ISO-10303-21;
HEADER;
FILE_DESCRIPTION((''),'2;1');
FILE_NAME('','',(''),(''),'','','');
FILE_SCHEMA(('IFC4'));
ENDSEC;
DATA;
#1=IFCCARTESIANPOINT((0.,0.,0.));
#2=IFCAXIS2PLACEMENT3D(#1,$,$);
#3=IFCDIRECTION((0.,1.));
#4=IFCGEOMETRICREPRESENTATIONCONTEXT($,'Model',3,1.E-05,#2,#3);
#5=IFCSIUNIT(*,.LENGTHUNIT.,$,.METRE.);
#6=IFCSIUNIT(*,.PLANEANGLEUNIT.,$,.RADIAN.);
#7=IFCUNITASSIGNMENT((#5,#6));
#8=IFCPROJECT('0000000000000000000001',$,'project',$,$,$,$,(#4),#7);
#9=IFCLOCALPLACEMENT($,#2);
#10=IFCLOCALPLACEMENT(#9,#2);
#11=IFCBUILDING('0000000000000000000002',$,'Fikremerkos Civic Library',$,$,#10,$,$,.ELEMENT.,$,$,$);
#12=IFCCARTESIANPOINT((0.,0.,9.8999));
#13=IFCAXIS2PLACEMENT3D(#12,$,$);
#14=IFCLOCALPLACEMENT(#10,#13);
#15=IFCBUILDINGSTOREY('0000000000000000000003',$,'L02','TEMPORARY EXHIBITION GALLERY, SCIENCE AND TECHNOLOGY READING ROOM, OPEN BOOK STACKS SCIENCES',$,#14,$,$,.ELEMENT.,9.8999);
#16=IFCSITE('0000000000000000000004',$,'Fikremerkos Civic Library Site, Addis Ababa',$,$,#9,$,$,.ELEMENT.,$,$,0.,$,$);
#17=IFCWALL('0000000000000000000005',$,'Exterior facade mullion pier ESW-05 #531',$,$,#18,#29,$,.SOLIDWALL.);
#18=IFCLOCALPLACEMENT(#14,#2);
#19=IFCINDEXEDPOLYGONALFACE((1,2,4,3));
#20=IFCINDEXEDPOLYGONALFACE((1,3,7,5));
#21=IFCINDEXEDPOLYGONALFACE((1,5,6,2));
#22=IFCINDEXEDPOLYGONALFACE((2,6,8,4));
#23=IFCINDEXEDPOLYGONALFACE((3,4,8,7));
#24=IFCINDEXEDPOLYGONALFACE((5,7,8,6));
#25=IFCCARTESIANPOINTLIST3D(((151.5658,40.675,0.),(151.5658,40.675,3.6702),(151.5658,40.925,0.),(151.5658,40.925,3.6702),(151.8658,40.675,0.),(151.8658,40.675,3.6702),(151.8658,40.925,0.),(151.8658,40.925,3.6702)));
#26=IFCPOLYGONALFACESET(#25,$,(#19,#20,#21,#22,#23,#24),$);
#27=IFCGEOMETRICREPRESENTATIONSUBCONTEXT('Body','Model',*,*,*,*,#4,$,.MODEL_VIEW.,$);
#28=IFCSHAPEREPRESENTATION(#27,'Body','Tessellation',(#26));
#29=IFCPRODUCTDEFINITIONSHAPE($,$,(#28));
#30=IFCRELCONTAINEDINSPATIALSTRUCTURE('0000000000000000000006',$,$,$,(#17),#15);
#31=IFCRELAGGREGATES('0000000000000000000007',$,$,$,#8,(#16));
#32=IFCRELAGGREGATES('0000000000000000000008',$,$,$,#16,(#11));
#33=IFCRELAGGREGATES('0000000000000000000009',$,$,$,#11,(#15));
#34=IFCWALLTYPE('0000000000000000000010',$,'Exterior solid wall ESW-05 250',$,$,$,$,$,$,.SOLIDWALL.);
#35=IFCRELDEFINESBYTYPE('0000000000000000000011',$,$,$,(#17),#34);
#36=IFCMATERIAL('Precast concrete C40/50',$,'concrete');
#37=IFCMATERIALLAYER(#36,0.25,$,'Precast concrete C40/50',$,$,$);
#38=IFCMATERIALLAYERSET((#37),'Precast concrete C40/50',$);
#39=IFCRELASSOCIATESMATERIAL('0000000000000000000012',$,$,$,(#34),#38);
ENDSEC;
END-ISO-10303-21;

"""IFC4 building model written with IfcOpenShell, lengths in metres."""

from ifc_helpers import new_model, si_unit, direction, frame, frame_2d, origin, place, context, subcontext, project, spatial, rectangle, extrude, material, layer, layer_set, type_object, element, save


model = new_model("IFC4")

# Units and contexts
model_context = context("Model", 3, precision=1e-05, world=origin(), true_north=direction((0.0, 1.0)))
body_context = subcontext(model_context, "Body", "Model", "MODEL_VIEW")
ifc_project = project(units=[si_unit("LENGTHUNIT", "METRE"), si_unit("PLANEANGLEUNIT", "RADIAN")], contexts=[model_context])

# Site, building, storey
site_placement = place(None, origin())
site = spatial("IfcSite", under=ifc_project, at=site_placement, Name="Fikremerkos Civic Library Site, Addis Ababa", CompositionType="ELEMENT", RefElevation=0.0)
building_placement = place(site_placement, origin())
building = spatial("IfcBuilding", under=site, at=building_placement, Name="Fikremerkos Civic Library", CompositionType="ELEMENT")
storey_placement = place(building_placement, frame((0.0, 0.0, 9.8999)))
storey = spatial("IfcBuildingStorey", under=building, at=storey_placement, Name="L02", Description="TEMPORARY EXHIBITION GALLERY, SCIENCE AND TECHNOLOGY READING ROOM, OPEN BOOK STACKS SCIENCES", CompositionType="ELEMENT", Elevation=9.8999)

# Wall
ifc_material_1 = material(Name="Precast concrete C40/50", Category="concrete")
ifc_layer_1 = layer(ifc_material_1, 0.25, Name="Precast concrete C40/50")
ifc_layer_set_1 = layer_set([ifc_layer_1], Name="Precast concrete C40/50")
wall_type = type_object("IfcWallType", Name="Exterior solid wall ESW-05 250", PredefinedType="SOLIDWALL", material=ifc_layer_set_1)
wall_placement = place(storey_placement, frame((151.5659, 40.8, 0.0), z_axis=(0.0, 0.0, 1.0), x_axis=(1.0, 0.0, 0.0)))
element("IfcWall", 1, at=wall_placement, inside=storey, type_object=wall_type, Name="Exterior facade mullion pier ESW-05 #531", PredefinedType="SOLIDWALL", context=body_context, shape_type="SweptSolid", body=[
    extrude(rectangle(XDim=0.3, YDim=0.25, at=frame_2d((0.1499, 0.0))), origin(), (0.0, 0.0, 1.0), 3.6702),
])

save(model, "model.ifc")
